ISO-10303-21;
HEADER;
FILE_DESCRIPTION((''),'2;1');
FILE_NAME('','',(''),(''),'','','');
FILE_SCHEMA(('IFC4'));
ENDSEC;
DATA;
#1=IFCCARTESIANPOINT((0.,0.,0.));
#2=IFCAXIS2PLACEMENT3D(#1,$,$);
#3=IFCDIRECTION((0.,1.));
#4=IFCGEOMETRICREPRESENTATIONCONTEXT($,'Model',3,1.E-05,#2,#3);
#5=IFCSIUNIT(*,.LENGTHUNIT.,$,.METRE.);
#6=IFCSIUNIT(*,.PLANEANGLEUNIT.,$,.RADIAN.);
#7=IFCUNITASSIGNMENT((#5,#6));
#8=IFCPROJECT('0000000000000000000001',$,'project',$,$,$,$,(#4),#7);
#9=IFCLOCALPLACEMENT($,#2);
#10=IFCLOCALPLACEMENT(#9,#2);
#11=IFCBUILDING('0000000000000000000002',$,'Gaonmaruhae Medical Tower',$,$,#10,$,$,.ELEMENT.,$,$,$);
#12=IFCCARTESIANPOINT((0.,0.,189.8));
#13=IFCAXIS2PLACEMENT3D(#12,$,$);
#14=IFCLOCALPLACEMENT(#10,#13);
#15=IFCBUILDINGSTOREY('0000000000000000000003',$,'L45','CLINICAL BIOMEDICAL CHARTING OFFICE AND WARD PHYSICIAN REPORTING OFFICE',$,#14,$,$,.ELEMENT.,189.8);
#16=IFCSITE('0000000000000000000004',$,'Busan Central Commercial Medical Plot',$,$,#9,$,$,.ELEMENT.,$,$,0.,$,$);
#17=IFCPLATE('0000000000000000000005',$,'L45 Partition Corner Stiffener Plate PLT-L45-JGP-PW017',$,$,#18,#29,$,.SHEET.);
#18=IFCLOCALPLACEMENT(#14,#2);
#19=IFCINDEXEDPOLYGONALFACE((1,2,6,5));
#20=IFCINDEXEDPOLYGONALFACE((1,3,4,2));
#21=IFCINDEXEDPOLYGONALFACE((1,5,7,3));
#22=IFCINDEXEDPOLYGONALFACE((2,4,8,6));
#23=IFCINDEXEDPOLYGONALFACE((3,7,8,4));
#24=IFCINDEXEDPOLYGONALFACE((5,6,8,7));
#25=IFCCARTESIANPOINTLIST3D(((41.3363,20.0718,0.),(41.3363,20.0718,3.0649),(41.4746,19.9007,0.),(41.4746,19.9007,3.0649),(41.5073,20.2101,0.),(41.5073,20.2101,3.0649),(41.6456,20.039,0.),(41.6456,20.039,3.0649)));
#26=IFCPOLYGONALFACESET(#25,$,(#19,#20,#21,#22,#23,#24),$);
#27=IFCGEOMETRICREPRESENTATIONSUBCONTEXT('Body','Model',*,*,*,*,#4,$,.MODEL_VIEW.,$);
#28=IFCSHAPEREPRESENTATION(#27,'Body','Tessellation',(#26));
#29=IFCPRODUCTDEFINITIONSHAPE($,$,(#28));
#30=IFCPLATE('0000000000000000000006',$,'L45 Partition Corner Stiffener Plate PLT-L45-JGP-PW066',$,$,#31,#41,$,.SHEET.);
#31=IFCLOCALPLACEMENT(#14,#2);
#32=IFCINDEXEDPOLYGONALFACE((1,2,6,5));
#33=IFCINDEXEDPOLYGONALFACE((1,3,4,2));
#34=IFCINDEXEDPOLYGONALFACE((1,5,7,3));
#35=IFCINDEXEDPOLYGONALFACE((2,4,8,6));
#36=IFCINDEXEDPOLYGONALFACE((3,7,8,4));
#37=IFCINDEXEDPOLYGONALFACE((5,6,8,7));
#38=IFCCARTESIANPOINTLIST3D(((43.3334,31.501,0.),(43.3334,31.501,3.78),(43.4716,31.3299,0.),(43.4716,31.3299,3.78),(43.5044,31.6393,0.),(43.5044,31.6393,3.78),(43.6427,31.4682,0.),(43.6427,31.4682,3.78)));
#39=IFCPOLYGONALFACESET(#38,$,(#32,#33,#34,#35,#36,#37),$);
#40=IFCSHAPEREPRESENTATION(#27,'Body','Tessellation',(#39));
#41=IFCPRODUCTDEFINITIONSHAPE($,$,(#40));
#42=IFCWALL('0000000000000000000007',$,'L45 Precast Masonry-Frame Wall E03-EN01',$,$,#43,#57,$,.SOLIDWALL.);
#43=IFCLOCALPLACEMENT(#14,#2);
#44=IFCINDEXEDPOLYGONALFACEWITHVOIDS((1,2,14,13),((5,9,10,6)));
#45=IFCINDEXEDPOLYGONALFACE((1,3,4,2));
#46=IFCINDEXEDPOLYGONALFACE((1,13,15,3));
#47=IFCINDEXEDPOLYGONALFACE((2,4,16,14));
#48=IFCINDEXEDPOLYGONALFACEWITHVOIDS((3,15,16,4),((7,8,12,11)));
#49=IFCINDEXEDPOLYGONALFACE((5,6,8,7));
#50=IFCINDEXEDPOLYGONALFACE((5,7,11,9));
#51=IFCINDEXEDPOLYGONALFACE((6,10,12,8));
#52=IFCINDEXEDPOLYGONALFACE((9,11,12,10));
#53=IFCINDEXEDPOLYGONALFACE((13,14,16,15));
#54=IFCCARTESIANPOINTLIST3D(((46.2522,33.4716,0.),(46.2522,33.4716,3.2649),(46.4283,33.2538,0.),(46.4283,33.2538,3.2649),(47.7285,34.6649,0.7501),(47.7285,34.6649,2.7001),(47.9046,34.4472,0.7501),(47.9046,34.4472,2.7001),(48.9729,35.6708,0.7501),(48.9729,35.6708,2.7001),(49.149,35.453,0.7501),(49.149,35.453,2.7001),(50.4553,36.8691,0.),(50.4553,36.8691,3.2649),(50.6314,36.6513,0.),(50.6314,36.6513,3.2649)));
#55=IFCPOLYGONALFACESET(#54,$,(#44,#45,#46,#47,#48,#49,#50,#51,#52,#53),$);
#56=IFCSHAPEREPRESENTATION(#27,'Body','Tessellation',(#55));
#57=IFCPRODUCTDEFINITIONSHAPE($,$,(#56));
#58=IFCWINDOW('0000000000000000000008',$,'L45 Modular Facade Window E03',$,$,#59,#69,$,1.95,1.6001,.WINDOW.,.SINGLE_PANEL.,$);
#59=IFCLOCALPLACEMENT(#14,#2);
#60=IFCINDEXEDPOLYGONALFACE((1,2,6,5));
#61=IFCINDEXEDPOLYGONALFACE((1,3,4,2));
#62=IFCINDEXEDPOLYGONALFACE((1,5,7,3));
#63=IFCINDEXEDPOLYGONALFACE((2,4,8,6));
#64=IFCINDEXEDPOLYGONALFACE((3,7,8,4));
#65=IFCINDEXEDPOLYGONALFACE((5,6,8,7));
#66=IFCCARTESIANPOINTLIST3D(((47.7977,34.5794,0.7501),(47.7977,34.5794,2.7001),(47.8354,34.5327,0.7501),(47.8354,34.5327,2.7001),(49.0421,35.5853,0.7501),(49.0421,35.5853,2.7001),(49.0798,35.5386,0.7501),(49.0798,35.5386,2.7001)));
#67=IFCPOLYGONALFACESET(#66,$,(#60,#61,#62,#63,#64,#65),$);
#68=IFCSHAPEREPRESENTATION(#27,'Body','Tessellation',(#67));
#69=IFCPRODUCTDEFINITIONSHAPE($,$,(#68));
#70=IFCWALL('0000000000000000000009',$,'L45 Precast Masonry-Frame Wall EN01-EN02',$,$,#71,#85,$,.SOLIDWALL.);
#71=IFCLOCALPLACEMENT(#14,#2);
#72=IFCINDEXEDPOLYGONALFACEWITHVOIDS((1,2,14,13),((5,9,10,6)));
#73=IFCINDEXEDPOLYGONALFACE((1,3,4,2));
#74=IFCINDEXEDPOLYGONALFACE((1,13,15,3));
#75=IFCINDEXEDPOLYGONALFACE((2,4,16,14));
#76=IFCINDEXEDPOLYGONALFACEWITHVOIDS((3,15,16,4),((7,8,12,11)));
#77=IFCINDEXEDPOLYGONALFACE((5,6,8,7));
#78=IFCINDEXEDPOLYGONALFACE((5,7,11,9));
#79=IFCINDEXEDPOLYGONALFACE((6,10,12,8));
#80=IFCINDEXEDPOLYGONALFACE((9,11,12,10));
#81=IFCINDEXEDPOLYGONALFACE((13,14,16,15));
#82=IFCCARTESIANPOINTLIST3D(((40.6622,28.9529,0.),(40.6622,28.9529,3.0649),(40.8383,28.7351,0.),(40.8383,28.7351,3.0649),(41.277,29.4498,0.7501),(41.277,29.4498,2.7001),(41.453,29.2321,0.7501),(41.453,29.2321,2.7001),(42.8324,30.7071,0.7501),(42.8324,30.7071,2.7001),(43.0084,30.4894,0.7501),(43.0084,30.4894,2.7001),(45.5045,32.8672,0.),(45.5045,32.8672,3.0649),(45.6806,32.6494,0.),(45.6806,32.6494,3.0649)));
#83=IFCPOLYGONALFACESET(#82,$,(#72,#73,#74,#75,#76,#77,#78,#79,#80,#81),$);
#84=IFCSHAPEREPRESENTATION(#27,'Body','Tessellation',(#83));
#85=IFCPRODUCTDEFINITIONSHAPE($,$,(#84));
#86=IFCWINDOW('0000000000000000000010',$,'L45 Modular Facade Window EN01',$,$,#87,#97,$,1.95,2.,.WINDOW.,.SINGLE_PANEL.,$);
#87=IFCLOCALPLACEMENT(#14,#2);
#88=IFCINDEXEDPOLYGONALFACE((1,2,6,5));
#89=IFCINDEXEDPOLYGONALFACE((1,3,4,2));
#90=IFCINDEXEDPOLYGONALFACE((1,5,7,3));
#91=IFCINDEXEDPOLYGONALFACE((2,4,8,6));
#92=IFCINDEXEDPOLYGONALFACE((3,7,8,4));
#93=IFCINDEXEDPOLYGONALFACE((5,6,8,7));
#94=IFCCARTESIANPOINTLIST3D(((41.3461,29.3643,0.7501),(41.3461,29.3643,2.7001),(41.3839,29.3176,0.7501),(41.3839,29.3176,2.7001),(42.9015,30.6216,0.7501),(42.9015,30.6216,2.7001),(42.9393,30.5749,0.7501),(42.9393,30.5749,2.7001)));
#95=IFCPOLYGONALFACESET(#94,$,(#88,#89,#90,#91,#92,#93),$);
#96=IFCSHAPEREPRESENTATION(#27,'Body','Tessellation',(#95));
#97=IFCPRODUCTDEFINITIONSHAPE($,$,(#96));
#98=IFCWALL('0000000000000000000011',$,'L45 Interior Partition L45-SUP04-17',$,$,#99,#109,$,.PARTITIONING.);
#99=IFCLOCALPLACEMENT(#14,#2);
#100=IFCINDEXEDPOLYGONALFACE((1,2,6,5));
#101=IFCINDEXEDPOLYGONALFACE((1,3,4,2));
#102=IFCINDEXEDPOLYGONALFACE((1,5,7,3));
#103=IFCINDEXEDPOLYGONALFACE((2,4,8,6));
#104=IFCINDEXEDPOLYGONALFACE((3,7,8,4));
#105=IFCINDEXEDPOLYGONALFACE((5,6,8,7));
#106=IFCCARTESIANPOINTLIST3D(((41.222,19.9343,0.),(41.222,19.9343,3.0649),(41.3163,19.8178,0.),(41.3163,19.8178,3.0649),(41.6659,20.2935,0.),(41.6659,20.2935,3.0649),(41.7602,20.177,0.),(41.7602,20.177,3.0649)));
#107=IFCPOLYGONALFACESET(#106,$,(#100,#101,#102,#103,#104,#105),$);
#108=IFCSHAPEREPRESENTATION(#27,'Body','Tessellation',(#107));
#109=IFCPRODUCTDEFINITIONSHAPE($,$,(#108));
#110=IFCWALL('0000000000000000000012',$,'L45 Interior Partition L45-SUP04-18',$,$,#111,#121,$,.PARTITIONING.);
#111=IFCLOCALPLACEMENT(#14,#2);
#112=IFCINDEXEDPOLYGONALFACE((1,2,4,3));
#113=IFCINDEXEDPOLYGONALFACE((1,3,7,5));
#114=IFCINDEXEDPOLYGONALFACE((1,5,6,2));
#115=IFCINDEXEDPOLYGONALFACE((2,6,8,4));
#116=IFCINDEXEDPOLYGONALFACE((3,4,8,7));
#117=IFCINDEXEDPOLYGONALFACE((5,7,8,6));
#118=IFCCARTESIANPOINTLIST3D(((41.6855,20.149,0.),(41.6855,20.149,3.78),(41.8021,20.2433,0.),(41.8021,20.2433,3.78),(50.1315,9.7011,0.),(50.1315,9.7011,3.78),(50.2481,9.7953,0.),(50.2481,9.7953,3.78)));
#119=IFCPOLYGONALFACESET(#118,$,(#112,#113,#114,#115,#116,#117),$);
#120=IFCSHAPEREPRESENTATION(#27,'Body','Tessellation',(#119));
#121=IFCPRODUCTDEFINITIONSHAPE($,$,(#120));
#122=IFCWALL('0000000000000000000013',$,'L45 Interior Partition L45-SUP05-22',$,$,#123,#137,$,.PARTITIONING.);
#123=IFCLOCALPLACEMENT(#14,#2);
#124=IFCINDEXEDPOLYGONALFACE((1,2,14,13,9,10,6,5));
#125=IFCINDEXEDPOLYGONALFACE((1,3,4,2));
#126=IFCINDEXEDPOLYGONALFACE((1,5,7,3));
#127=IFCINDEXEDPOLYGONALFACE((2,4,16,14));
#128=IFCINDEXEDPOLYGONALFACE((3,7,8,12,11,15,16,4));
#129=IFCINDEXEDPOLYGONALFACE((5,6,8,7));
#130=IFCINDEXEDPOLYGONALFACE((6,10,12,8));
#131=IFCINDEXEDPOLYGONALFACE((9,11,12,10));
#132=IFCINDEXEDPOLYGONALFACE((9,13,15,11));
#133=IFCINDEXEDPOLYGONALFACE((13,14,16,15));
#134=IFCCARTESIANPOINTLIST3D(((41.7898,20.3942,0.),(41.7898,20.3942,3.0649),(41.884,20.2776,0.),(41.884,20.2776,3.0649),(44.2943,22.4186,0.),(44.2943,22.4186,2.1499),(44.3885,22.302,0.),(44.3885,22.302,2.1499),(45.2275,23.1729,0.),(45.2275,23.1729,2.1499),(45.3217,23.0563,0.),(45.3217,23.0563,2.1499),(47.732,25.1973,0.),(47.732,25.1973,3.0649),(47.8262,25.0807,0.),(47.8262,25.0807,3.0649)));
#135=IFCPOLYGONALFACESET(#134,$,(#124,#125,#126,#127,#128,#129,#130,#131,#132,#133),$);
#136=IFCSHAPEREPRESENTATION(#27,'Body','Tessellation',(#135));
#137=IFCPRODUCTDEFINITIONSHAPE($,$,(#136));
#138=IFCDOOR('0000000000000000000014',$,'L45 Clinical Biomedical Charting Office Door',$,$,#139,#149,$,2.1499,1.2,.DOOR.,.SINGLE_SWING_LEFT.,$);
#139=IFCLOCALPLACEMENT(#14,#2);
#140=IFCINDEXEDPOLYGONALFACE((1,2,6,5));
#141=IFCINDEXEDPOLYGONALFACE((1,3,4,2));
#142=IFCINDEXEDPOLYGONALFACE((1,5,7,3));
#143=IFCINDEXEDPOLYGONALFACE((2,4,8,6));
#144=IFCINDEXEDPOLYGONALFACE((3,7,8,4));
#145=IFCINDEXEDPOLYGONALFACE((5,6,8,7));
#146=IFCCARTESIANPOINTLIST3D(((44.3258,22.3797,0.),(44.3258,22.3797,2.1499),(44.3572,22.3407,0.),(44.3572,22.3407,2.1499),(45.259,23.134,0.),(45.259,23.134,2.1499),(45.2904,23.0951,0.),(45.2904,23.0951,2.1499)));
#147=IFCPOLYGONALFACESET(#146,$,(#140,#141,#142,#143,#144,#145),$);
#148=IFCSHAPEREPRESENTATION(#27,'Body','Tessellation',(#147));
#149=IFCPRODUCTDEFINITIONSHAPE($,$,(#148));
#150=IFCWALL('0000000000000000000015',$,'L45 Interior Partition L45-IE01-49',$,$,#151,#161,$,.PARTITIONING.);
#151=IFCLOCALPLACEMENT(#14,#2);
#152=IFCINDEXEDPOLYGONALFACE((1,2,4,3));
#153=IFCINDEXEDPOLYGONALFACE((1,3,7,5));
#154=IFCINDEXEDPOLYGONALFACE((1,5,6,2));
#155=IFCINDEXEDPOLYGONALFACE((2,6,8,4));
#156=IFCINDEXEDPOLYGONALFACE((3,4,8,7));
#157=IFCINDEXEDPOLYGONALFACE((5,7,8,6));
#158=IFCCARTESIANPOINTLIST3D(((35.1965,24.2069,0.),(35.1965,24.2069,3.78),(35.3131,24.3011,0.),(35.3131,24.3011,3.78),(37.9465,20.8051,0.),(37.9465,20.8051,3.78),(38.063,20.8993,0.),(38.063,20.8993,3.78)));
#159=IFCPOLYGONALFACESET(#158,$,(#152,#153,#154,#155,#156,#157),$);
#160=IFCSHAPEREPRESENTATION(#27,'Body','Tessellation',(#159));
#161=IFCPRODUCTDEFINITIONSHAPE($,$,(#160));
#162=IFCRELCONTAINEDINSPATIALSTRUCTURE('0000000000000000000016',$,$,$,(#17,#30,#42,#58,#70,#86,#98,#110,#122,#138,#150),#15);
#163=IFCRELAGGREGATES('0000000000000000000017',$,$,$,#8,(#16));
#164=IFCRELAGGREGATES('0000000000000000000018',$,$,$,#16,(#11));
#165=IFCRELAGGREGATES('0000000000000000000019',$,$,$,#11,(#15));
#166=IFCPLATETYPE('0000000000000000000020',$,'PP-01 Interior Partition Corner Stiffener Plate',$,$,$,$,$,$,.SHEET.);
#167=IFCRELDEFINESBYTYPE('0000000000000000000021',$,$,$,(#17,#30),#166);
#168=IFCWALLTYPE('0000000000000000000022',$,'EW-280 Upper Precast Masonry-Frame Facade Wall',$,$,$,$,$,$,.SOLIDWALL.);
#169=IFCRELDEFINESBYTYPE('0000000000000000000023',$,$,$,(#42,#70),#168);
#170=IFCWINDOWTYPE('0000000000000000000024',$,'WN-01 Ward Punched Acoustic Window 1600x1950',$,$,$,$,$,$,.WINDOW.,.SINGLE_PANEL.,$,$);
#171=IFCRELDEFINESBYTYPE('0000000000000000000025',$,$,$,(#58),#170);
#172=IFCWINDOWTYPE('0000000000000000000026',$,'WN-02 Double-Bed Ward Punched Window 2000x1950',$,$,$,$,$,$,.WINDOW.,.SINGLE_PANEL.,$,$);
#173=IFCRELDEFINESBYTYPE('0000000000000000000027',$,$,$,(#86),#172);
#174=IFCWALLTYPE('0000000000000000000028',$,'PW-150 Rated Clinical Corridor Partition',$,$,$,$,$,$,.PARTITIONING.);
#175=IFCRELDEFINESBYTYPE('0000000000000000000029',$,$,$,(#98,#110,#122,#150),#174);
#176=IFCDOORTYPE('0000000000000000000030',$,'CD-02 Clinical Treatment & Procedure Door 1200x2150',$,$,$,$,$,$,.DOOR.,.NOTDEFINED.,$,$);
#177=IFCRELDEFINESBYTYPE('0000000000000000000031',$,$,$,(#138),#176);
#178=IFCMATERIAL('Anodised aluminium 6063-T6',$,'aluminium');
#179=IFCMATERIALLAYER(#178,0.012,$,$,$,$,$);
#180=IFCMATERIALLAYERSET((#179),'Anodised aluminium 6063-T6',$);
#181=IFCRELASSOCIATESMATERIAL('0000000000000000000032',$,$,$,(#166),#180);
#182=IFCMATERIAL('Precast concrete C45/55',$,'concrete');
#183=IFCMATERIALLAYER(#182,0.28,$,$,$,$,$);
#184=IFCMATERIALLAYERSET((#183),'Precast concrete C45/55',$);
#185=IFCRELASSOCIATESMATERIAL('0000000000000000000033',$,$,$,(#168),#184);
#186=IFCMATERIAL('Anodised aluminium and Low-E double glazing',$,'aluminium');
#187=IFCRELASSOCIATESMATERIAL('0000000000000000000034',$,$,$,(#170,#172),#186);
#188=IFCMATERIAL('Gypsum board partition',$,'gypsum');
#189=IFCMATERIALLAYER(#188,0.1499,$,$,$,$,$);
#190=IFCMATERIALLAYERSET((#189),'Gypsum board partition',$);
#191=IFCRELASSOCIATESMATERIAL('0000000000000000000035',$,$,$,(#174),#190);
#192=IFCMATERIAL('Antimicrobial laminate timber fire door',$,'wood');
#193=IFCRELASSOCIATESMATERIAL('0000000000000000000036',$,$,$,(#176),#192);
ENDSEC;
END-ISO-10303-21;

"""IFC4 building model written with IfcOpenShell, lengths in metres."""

from ifc_helpers import new_model, si_unit, direction, frame, frame_2d, origin, origin_2d, place, context, subcontext, project, spatial, rectangle, extrude, material, layer, layer_set, type_object, element, fill, save


model = new_model("IFC4")

# Units and contexts
model_context = context("Model", 3, precision=1e-05, world=origin(), true_north=direction((0.0, 1.0)))
body_context = subcontext(model_context, "Body", "Model", "MODEL_VIEW")
ifc_project = project(units=[si_unit("LENGTHUNIT", "METRE"), si_unit("PLANEANGLEUNIT", "RADIAN")], contexts=[model_context])

# Site, building, storey
site_placement = place(None, origin())
site = spatial("IfcSite", under=ifc_project, at=site_placement, Name="Busan Central Commercial Medical Plot", CompositionType="ELEMENT", RefElevation=0.0)
building_placement = place(site_placement, origin())
building = spatial("IfcBuilding", under=site, at=building_placement, Name="Gaonmaruhae Medical Tower", CompositionType="ELEMENT")
storey_placement = place(building_placement, frame((0.0, 0.0, 189.8)))
storey = spatial("IfcBuildingStorey", under=building, at=storey_placement, Name="L45", Description="CLINICAL BIOMEDICAL CHARTING OFFICE AND WARD PHYSICIAN REPORTING OFFICE", CompositionType="ELEMENT", Elevation=189.8)

# Plates
ifc_material_1 = material(Name="Anodised aluminium 6063-T6", Category="aluminium")
ifc_layer_1 = layer(ifc_material_1, 0.012)
ifc_layer_set_1 = layer_set([ifc_layer_1], Name="Anodised aluminium 6063-T6")
plate_type = type_object("IfcPlateType", Name="PP-01 Interior Partition Corner Stiffener Plate", PredefinedType="SHEET", material=ifc_layer_set_1)
plate_1_placement = place(storey_placement, frame((41.491, 20.0554, 0.0), z_axis=(0.0, 0.0, 1.0), x_axis=(0.777607, 0.628751, 0.0)))
element("IfcPlate", 1, at=plate_1_placement, inside=storey, type_object=plate_type, Name="L45 Partition Corner Stiffener Plate PLT-L45-JGP-PW017", PredefinedType="SHEET", context=body_context, shape_type="SweptSolid", body=[
    extrude(rectangle(XDim=0.22, YDim=0.22, at=origin_2d()), origin(), (0.0, 0.0, 1.0), 3.0649),
])
plate_2_placement = place(storey_placement, frame((43.488, 31.4846, 0.0), z_axis=(0.0, 0.0, 1.0), x_axis=(0.628601, -0.777728, 0.0)))
element("IfcPlate", 2, at=plate_2_placement, inside=storey, type_object=plate_type, Name="L45 Partition Corner Stiffener Plate PLT-L45-JGP-PW066", PredefinedType="SHEET", context=body_context, shape_type="SweptSolid", body=[
    extrude(rectangle(XDim=0.22, YDim=0.22, at=origin_2d()), origin(), (0.0, 0.0, 1.0), 3.78),
])

# Walls, openings, windows
ifc_material_2 = material(Name="Precast concrete C45/55", Category="concrete")
ifc_layer_2 = layer(ifc_material_2, 0.28)
ifc_layer_set_2 = layer_set([ifc_layer_2], Name="Precast concrete C45/55")
wall_type_1 = type_object("IfcWallType", Name="EW-280 Upper Precast Masonry-Frame Facade Wall", PredefinedType="SOLIDWALL", material=ifc_layer_set_2)
wall_1_placement = place(storey_placement, frame((46.3403, 33.3628, 0.0), z_axis=(0.0, 0.0, 1.0), x_axis=(0.777703, 0.628631, 0.0)))
wall_1 = element("IfcWall", 3, at=wall_1_placement, inside=storey, type_object=wall_type_1, Name="L45 Precast Masonry-Frame Wall E03-EN01", PredefinedType="SOLIDWALL", context=body_context, shape_type="SweptSolid", body=[
    extrude(rectangle(XDim=5.4045, YDim=0.28, at=frame_2d((2.7021, 0.0))), origin(), (0.0, 0.0, 1.0), 3.2649),
])
opening_1_placement = place(wall_1_placement, frame((1.8982, 0.0, 0.75)))
opening_1 = element("IfcOpeningElement", 4, at=opening_1_placement, cuts=wall_1, PredefinedType="OPENING", context=body_context, shape_type="SweptSolid", body=[
    extrude(rectangle(XDim=1.6001, YDim=1.95, at=frame_2d((0.8, 0.9751))), frame((0.0, 0.1499, 0.0), z_axis=(0.0, -1.0, 0.0), x_axis=(1.0, 0.0, 0.0)), (0.0, 0.0, 1.0), 0.3),
])
ifc_material_3 = material(Name="Anodised aluminium and Low-E double glazing", Category="aluminium")
window_type_1 = type_object("IfcWindowType", Name="WN-01 Ward Punched Acoustic Window 1600x1950", PartitioningType="SINGLE_PANEL", PredefinedType="WINDOW", material=ifc_material_3)
window_1_placement = place(opening_1_placement, origin())
window_1 = element("IfcWindow", 5, at=window_1_placement, inside=storey, type_object=window_type_1, Name="L45 Modular Facade Window E03", OverallHeight=1.95, OverallWidth=1.6001, PartitioningType="SINGLE_PANEL", PredefinedType="WINDOW", context=body_context, shape_type="SweptSolid", body=[
    extrude(rectangle(XDim=1.6001, YDim=1.95, at=frame_2d((0.8, 0.9751))), frame((0.0, 0.03, 0.0), z_axis=(0.0, -1.0, 0.0), x_axis=(1.0, 0.0, 0.0)), (0.0, 0.0, 1.0), 0.0601),
])
fill(opening_1, window_1)
wall_2_placement = place(storey_placement, frame((40.7502, 28.844, 0.0), z_axis=(0.0, 0.0, 1.0), x_axis=(0.777688, 0.628651, 0.0)))
wall_2 = element("IfcWall", 6, at=wall_2_placement, inside=storey, type_object=wall_type_1, Name="L45 Precast Masonry-Frame Wall EN01-EN02", PredefinedType="SOLIDWALL", context=body_context, shape_type="SweptSolid", body=[
    extrude(rectangle(XDim=6.2266, YDim=0.28, at=frame_2d((3.1133, 0.0))), origin(), (0.0, 0.0, 1.0), 3.0649),
])
opening_2_placement = place(wall_2_placement, frame((0.7905, 0.0, 0.75)))
opening_2 = element("IfcOpeningElement", 7, at=opening_2_placement, cuts=wall_2, PredefinedType="OPENING", context=body_context, shape_type="SweptSolid", body=[
    extrude(rectangle(XDim=2.0, YDim=1.95, at=frame_2d((1.0, 0.9751))), frame((0.0, 0.1499, 0.0), z_axis=(0.0, -1.0, 0.0), x_axis=(1.0, 0.0, 0.0)), (0.0, 0.0, 1.0), 0.3),
])
window_type_2 = type_object("IfcWindowType", Name="WN-02 Double-Bed Ward Punched Window 2000x1950", PartitioningType="SINGLE_PANEL", PredefinedType="WINDOW", material=ifc_material_3)
window_2_placement = place(opening_2_placement, origin())
window_2 = element("IfcWindow", 8, at=window_2_placement, inside=storey, type_object=window_type_2, Name="L45 Modular Facade Window EN01", OverallHeight=1.95, OverallWidth=2.0, PartitioningType="SINGLE_PANEL", PredefinedType="WINDOW", context=body_context, shape_type="SweptSolid", body=[
    extrude(rectangle(XDim=2.0, YDim=1.95, at=frame_2d((1.0, 0.9751))), frame((0.0, 0.03, 0.0), z_axis=(0.0, -1.0, 0.0), x_axis=(1.0, 0.0, 0.0)), (0.0, 0.0, 1.0), 0.0601),
])
fill(opening_2, window_2)

# Walls
ifc_material_4 = material(Name="Gypsum board partition", Category="gypsum")
ifc_layer_3 = layer(ifc_material_4, 0.1499)
ifc_layer_set_3 = layer_set([ifc_layer_3], Name="Gypsum board partition")
wall_type_2 = type_object("IfcWallType", Name="PW-150 Rated Clinical Corridor Partition", PredefinedType="PARTITIONING", material=ifc_layer_set_3)
wall_3_placement = place(storey_placement, frame((41.269, 19.876, 0.0), z_axis=(0.0, 0.0, 1.0), x_axis=(0.777394, 0.629014, 0.0)))
element("IfcWall", 9, at=wall_3_placement, inside=storey, type_object=wall_type_2, Name="L45 Interior Partition L45-SUP04-17", PredefinedType="PARTITIONING", context=body_context, shape_type="SweptSolid", body=[
    extrude(rectangle(XDim=0.571, YDim=0.1499, at=frame_2d((0.2856, 0.0))), origin(), (0.0, 0.0, 1.0), 3.0649),
])
wall_4_placement = place(storey_placement, frame((41.7439, 20.196, 0.0), z_axis=(0.0, 0.0, 1.0), x_axis=(0.628665, -0.777676, 0.0)))
element("IfcWall", 10, at=wall_4_placement, inside=storey, type_object=wall_type_2, Name="L45 Interior Partition L45-SUP04-18", PredefinedType="PARTITIONING", context=body_context, shape_type="SweptSolid", body=[
    extrude(rectangle(XDim=13.4348, YDim=0.1499, at=frame_2d((6.7173, 0.0))), origin(), (0.0, 0.0, 1.0), 3.78),
])

# Wall, opening, door
wall_5_placement = place(storey_placement, frame((41.8369, 20.3359, 0.0), z_axis=(0.0, 0.0, 1.0), x_axis=(0.777713, 0.628619, 0.0)))
wall_5 = element("IfcWall", 11, at=wall_5_placement, inside=storey, type_object=wall_type_2, Name="L45 Interior Partition L45-SUP05-22", PredefinedType="PARTITIONING", context=body_context, shape_type="SweptSolid", body=[
    extrude(rectangle(XDim=7.6406, YDim=0.1499, at=frame_2d((3.8203, 0.0))), origin(), (0.0, 0.0, 1.0), 3.0649),
])
opening_3_placement = place(wall_5_placement, frame((3.2202, 0.0, 0.0)))
opening_3 = element("IfcOpeningElement", 12, at=opening_3_placement, cuts=wall_5, PredefinedType="OPENING", context=body_context, shape_type="SweptSolid", body=[
    extrude(rectangle(XDim=1.2, YDim=2.1499, at=frame_2d((0.6001, 1.075))), frame((0.0, 0.085, 0.0), z_axis=(0.0, -1.0, 0.0), x_axis=(1.0, 0.0, 0.0)), (0.0, 0.0, 1.0), 0.1699),
])
ifc_material_5 = material(Name="Antimicrobial laminate timber fire door", Category="wood")
door_type = type_object("IfcDoorType", Name="CD-02 Clinical Treatment & Procedure Door 1200x2150", OperationType="NOTDEFINED", PredefinedType="DOOR", material=ifc_material_5)
door_1_placement = place(opening_3_placement, origin())
door_1 = element("IfcDoor", 13, at=door_1_placement, inside=storey, type_object=door_type, Name="L45 Clinical Biomedical Charting Office Door", OperationType="SINGLE_SWING_LEFT", OverallHeight=2.1499, OverallWidth=1.2, PredefinedType="DOOR", context=body_context, shape_type="SweptSolid", body=[
    extrude(rectangle(XDim=1.2, YDim=2.1499, at=frame_2d((0.6001, 1.075))), frame((0.0, 0.0249, 0.0), z_axis=(0.0, -1.0, 0.0), x_axis=(1.0, 0.0, 0.0)), (0.0, 0.0, 1.0), 0.05),
])
fill(opening_3, door_1)

# Wall
wall_6_placement = place(storey_placement, frame((35.2549, 24.2539, 0.0), z_axis=(0.0, 0.0, 1.0), x_axis=(0.628662, -0.777679, 0.0)))
element("IfcWall", 14, at=wall_6_placement, inside=storey, type_object=wall_type_2, Name="L45 Interior Partition L45-IE01-49", PredefinedType="PARTITIONING", context=body_context, shape_type="SweptSolid", body=[
    extrude(rectangle(XDim=4.3743, YDim=0.1499, at=frame_2d((2.187, 0.0))), origin(), (0.0, 0.0, 1.0), 3.78),
])

save(model, "model.ifc")
